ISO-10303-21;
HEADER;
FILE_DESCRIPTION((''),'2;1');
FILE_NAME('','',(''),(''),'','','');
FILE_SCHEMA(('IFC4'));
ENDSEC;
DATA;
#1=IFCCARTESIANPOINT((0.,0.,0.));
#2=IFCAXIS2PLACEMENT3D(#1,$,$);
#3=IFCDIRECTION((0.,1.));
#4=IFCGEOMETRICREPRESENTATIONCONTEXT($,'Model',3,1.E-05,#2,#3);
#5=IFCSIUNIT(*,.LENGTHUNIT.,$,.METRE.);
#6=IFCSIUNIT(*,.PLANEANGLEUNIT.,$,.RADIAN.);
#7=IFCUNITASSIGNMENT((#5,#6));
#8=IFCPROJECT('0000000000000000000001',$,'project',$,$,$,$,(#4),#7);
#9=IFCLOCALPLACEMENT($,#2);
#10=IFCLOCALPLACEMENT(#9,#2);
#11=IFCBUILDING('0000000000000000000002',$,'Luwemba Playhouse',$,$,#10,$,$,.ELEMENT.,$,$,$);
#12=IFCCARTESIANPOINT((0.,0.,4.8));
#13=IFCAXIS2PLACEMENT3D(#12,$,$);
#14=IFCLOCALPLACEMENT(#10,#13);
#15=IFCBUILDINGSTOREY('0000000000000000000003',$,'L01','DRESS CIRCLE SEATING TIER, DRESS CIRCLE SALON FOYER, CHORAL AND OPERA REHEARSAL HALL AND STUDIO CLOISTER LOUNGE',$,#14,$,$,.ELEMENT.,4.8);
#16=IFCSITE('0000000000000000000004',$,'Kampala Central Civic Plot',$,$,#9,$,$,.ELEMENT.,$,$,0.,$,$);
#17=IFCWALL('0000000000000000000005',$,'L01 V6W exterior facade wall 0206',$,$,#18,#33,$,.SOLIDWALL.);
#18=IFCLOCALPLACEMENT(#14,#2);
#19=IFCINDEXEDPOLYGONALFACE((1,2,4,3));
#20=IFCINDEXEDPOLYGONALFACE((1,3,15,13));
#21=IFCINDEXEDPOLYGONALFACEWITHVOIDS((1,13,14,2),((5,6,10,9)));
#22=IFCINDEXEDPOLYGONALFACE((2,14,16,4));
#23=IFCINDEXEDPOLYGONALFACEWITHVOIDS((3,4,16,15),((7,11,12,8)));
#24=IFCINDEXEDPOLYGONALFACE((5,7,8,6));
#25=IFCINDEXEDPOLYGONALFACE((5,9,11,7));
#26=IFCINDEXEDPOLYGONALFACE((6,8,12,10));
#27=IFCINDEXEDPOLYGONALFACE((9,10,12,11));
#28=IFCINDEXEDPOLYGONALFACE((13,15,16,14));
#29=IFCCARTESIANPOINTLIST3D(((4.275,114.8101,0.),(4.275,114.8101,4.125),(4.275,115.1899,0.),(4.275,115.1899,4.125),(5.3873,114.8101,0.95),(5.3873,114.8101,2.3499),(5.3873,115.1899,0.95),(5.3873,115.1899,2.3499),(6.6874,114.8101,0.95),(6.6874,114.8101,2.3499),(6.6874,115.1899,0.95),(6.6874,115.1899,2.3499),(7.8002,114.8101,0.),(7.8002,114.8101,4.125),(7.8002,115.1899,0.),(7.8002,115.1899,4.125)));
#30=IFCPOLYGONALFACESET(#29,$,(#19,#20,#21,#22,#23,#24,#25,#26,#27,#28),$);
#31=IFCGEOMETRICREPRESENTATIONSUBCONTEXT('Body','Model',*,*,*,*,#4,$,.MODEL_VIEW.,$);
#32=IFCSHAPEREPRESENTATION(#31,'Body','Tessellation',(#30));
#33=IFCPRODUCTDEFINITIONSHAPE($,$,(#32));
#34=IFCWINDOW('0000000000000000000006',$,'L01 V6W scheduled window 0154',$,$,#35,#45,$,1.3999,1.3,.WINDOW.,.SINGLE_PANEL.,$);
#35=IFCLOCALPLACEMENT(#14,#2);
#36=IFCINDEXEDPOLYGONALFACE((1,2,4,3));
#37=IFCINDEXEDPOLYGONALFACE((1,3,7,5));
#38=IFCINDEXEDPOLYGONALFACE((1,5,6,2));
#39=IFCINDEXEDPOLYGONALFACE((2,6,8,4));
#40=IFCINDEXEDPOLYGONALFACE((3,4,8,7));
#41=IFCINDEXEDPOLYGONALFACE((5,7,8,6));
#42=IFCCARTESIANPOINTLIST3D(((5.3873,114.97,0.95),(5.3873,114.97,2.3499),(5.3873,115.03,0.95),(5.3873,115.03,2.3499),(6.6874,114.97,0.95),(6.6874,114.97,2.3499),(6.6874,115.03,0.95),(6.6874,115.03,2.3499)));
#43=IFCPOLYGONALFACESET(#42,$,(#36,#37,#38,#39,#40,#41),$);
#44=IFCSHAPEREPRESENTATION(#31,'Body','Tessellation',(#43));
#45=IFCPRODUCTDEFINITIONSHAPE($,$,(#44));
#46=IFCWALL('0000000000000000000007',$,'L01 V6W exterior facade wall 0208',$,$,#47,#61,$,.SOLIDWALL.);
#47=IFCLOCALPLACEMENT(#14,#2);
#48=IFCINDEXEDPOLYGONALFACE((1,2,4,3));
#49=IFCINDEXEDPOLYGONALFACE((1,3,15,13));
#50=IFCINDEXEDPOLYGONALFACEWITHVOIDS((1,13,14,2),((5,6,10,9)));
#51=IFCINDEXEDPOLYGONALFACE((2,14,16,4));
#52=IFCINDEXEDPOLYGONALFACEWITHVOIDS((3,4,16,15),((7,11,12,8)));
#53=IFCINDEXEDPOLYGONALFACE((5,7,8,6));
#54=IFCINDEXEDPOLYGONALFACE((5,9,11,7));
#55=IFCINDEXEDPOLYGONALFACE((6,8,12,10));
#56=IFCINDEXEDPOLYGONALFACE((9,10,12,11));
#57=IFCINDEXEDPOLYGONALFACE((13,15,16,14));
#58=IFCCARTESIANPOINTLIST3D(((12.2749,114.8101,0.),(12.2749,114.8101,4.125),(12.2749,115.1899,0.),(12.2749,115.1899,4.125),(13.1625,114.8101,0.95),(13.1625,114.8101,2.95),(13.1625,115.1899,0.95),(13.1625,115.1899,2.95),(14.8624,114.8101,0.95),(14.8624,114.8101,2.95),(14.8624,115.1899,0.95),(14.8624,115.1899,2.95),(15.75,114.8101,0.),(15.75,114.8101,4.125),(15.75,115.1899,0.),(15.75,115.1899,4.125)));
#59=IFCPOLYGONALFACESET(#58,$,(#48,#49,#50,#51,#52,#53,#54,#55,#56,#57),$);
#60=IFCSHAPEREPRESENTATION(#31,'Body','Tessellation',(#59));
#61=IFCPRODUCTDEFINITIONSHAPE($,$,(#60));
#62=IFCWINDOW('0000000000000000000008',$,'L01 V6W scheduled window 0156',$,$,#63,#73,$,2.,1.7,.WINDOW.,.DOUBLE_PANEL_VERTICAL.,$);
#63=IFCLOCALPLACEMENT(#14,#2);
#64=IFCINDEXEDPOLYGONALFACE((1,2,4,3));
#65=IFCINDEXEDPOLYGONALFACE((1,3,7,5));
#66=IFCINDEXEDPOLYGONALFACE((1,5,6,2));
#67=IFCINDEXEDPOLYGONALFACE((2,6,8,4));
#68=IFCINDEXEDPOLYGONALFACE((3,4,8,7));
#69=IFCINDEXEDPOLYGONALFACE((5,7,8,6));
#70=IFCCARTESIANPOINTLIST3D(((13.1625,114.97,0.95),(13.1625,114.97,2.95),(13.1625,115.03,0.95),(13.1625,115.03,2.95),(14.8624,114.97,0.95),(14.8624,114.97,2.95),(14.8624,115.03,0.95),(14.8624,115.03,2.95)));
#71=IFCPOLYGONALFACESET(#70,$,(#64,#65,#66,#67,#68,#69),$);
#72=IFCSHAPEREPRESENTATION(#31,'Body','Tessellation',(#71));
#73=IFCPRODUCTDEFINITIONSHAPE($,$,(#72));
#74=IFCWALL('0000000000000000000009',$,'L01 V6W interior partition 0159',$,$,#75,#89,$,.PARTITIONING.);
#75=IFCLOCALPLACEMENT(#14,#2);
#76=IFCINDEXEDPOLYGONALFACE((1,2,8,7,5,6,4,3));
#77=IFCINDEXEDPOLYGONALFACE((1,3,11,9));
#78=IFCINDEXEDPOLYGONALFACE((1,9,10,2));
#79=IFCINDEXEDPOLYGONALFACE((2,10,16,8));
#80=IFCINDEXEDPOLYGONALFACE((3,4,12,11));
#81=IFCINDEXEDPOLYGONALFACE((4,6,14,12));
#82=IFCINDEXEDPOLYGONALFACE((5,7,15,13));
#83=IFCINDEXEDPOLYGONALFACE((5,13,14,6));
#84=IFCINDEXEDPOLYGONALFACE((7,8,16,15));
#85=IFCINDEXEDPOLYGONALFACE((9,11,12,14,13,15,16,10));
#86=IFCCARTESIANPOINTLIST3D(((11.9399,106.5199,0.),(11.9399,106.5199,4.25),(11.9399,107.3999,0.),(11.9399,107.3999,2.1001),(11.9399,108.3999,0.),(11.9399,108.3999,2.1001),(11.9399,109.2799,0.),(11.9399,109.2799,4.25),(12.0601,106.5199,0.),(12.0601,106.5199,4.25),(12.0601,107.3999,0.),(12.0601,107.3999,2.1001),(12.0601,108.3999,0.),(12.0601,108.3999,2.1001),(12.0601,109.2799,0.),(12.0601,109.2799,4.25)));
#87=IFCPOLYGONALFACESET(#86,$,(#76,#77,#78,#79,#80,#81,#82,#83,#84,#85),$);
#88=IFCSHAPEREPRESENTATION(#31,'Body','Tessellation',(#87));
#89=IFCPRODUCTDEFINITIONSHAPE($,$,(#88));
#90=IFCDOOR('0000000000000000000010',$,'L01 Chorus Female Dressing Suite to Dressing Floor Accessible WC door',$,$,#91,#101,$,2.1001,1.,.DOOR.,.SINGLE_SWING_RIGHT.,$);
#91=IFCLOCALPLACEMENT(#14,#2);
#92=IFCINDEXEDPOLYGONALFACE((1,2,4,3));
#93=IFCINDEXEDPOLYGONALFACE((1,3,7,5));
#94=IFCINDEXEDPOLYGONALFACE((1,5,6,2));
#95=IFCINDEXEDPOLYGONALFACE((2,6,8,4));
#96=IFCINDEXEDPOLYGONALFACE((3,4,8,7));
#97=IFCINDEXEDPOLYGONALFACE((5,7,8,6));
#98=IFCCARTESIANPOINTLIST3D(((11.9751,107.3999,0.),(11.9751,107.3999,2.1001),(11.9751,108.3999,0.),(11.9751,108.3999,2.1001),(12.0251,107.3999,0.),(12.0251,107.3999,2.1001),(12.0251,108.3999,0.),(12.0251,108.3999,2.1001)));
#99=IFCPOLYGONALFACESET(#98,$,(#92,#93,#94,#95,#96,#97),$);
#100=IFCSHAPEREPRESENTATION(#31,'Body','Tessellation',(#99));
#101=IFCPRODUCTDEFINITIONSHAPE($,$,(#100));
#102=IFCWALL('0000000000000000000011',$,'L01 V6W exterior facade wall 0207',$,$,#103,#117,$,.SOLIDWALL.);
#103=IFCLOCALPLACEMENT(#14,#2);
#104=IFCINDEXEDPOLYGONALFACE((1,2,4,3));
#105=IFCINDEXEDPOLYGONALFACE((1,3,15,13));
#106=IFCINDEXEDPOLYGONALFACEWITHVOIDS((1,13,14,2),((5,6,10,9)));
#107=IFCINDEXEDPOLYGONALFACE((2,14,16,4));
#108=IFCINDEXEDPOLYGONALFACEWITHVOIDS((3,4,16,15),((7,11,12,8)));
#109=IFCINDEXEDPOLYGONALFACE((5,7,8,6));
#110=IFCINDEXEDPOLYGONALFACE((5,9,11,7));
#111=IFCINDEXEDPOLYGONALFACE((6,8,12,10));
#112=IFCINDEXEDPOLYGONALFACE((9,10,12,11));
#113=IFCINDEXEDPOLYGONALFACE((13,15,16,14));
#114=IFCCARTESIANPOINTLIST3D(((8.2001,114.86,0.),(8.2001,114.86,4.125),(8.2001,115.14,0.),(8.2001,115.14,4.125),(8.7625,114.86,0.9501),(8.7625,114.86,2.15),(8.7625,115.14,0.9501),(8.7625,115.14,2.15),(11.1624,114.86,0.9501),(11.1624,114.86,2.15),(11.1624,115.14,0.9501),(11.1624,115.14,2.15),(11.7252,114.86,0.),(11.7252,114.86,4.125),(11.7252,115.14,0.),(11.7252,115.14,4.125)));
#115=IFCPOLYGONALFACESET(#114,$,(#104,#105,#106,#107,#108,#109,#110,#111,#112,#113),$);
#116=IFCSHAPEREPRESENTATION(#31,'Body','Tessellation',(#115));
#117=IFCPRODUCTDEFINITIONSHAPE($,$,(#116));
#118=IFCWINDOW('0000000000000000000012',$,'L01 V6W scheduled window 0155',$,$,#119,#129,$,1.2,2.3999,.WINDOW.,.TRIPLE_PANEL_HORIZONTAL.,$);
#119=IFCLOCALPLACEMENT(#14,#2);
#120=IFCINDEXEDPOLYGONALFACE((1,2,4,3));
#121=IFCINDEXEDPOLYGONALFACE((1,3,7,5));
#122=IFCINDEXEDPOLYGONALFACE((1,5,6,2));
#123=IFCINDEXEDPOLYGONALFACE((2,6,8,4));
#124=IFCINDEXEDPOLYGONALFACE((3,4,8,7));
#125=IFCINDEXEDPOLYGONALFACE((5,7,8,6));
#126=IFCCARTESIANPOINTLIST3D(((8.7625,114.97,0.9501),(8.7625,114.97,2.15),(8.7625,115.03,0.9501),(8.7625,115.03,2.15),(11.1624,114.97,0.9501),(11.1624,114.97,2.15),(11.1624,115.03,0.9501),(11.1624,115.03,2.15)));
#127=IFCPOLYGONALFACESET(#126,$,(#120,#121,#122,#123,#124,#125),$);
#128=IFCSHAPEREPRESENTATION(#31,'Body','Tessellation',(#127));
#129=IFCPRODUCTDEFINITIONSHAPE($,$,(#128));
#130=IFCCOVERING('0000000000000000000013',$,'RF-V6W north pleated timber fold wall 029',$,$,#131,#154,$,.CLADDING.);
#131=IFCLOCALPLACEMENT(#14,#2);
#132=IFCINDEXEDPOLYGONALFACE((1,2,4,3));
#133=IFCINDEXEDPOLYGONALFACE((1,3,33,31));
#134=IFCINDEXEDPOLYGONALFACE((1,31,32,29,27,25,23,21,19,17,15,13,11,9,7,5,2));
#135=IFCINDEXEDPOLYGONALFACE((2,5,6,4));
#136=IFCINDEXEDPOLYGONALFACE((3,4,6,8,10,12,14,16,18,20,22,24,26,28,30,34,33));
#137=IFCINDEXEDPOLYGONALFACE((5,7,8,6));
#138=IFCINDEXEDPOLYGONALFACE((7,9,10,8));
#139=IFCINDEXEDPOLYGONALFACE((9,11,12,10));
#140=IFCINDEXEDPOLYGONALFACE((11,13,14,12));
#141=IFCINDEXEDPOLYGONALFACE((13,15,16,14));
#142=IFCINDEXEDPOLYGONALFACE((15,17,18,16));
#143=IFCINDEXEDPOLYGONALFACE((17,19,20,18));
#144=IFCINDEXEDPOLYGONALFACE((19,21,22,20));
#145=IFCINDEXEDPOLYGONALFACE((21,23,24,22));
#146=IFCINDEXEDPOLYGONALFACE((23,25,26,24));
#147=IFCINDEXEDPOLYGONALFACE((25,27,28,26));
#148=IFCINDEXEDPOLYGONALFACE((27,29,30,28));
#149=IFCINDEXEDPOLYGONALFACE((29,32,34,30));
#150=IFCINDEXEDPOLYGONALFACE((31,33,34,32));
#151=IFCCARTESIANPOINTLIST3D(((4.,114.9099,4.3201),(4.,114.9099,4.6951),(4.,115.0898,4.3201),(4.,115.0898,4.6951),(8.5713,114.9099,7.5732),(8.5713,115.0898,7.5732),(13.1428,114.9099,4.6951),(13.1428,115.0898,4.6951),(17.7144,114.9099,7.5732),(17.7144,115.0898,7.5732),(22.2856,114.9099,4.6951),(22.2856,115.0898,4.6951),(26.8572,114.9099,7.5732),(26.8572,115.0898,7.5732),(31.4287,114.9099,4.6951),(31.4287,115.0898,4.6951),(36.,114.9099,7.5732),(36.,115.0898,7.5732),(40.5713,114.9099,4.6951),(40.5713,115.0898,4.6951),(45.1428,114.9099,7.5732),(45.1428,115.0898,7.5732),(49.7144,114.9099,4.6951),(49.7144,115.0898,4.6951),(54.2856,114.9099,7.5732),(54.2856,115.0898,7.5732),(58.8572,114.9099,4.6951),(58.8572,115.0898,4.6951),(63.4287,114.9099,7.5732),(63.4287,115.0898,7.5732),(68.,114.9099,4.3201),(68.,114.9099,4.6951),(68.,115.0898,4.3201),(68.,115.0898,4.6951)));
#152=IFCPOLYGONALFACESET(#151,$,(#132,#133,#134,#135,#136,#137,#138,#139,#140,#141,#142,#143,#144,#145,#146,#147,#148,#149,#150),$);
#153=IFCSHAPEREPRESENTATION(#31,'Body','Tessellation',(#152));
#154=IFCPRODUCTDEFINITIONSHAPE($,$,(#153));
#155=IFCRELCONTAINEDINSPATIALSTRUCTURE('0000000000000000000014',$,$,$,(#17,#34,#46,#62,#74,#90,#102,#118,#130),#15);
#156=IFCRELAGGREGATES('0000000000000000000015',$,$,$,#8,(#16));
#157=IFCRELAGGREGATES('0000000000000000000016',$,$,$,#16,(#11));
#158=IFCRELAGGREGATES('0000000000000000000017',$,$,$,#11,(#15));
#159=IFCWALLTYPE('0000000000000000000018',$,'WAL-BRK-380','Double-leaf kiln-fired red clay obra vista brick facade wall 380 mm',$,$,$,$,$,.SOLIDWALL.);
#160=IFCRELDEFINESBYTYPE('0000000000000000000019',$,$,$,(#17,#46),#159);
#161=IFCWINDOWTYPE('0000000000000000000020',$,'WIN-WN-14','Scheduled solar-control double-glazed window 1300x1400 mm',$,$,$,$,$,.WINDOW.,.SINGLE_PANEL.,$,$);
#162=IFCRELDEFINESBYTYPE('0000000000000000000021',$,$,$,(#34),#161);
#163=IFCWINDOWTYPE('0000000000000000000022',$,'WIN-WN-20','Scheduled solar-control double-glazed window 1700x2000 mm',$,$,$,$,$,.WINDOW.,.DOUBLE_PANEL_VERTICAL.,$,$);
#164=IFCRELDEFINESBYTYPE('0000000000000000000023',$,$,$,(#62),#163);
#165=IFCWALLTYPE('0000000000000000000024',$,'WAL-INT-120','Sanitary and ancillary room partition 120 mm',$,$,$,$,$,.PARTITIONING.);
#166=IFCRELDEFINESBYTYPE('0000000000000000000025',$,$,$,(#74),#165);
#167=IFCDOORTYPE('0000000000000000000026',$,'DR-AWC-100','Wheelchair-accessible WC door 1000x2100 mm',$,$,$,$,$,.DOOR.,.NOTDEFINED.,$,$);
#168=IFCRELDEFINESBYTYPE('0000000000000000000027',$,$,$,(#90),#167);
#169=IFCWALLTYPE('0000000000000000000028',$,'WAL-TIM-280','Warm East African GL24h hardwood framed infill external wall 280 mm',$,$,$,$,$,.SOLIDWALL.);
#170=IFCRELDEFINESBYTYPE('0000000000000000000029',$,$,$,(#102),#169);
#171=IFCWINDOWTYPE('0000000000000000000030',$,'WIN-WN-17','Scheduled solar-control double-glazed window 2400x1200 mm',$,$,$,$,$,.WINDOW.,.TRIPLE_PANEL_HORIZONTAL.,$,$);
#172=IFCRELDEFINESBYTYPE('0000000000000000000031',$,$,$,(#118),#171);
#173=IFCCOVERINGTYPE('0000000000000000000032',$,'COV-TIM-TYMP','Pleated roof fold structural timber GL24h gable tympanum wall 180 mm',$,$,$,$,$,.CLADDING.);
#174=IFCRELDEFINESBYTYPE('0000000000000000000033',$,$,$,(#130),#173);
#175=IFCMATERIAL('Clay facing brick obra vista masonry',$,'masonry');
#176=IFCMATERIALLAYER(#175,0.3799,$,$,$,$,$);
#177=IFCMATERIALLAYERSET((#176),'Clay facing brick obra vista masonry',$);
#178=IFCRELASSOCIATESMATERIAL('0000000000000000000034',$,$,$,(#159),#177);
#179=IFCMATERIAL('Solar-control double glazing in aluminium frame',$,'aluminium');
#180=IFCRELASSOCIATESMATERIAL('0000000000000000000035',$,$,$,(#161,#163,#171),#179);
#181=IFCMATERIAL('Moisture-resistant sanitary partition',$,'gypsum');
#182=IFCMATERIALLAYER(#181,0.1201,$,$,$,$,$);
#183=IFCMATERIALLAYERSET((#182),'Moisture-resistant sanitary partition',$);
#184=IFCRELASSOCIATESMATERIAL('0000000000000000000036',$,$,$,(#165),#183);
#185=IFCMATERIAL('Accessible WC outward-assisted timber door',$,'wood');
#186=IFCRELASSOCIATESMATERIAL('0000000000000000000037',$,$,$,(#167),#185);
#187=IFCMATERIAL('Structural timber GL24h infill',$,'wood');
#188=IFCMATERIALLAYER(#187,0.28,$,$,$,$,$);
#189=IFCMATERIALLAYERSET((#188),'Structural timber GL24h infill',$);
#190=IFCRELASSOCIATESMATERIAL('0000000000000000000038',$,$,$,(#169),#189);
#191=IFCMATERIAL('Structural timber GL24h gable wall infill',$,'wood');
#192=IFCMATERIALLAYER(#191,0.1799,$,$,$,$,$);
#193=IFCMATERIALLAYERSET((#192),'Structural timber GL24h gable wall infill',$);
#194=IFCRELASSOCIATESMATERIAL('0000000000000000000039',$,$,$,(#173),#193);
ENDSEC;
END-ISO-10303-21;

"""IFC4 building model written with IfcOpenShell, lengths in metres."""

from ifc_helpers import new_model, si_unit, direction, frame, frame_2d, origin, place, context, subcontext, project, spatial, polyline, rectangle, outline, extrude, material, layer, layer_set, type_object, element, fill, save


model = new_model("IFC4")

# Units and contexts
model_context = context("Model", 3, precision=1e-05, world=origin(), true_north=direction((0.0, 1.0)))
body_context = subcontext(model_context, "Body", "Model", "MODEL_VIEW")
ifc_project = project(units=[si_unit("LENGTHUNIT", "METRE"), si_unit("PLANEANGLEUNIT", "RADIAN")], contexts=[model_context])

# Site, building, storey
site_placement = place(None, origin())
site = spatial("IfcSite", under=ifc_project, at=site_placement, Name="Kampala Central Civic Plot", CompositionType="ELEMENT", RefElevation=0.0)
building_placement = place(site_placement, origin())
building = spatial("IfcBuilding", under=site, at=building_placement, Name="Luwemba Playhouse", CompositionType="ELEMENT")
storey_placement = place(building_placement, frame((0.0, 0.0, 4.8)))
storey = spatial("IfcBuildingStorey", under=building, at=storey_placement, Name="L01", Description="DRESS CIRCLE SEATING TIER, DRESS CIRCLE SALON FOYER, CHORAL AND OPERA REHEARSAL HALL AND STUDIO CLOISTER LOUNGE", CompositionType="ELEMENT", Elevation=4.8)

# Walls, openings, windows
ifc_material_1 = material(Name="Clay facing brick obra vista masonry", Category="masonry")
ifc_layer_1 = layer(ifc_material_1, 0.3799)
ifc_layer_set_1 = layer_set([ifc_layer_1], Name="Clay facing brick obra vista masonry")
wall_type_1 = type_object("IfcWallType", Name="WAL-BRK-380", Description="Double-leaf kiln-fired red clay obra vista brick facade wall 380 mm", PredefinedType="SOLIDWALL", material=ifc_layer_set_1)
wall_1_placement = place(storey_placement, frame((4.2749, 115.0, 0.0), z_axis=(0.0, 0.0, 1.0), x_axis=(1.0, 0.0, 0.0)))
wall_1 = element("IfcWall", 1, at=wall_1_placement, inside=storey, type_object=wall_type_1, Name="L01 V6W exterior facade wall 0206", PredefinedType="SOLIDWALL", context=body_context, shape_type="SweptSolid", body=[
    extrude(rectangle(XDim=3.5251, YDim=0.3799, at=frame_2d((1.7627, 0.0))), origin(), (0.0, 0.0, 1.0), 4.125),
])
opening_1_placement = place(wall_1_placement, frame((1.1125, 0.0, 0.95)))
opening_1 = element("IfcOpeningElement", 2, at=opening_1_placement, cuts=wall_1, PredefinedType="OPENING", context=body_context, shape_type="SweptSolid", body=[
    extrude(rectangle(XDim=1.3, YDim=1.3999, at=frame_2d((0.6499, 0.7))), frame((0.0, 0.2, 0.0), z_axis=(0.0, -1.0, 0.0), x_axis=(1.0, 0.0, 0.0)), (0.0, 0.0, 1.0), 0.3999),
])
ifc_material_2 = material(Name="Solar-control double glazing in aluminium frame", Category="aluminium")
window_type_1 = type_object("IfcWindowType", Name="WIN-WN-14", Description="Scheduled solar-control double-glazed window 1300x1400 mm", PartitioningType="SINGLE_PANEL", PredefinedType="WINDOW", material=ifc_material_2)
window_1_placement = place(opening_1_placement, origin())
window_1 = element("IfcWindow", 3, at=window_1_placement, inside=storey, type_object=window_type_1, Name="L01 V6W scheduled window 0154", OverallHeight=1.3999, OverallWidth=1.3, PartitioningType="SINGLE_PANEL", PredefinedType="WINDOW", context=body_context, shape_type="SweptSolid", body=[
    extrude(rectangle(XDim=1.3, YDim=1.3999, at=frame_2d((0.6499, 0.7))), frame((0.0, 0.03, 0.0), z_axis=(0.0, -1.0, 0.0), x_axis=(1.0, 0.0, 0.0)), (0.0, 0.0, 1.0), 0.0601),
])
fill(opening_1, window_1)
wall_2_placement = place(storey_placement, frame((12.2749, 115.0, 0.0), z_axis=(0.0, 0.0, 1.0), x_axis=(1.0, 0.0, 0.0)))
wall_2 = element("IfcWall", 4, at=wall_2_placement, inside=storey, type_object=wall_type_1, Name="L01 V6W exterior facade wall 0208", PredefinedType="SOLIDWALL", context=body_context, shape_type="SweptSolid", body=[
    extrude(rectangle(XDim=3.4751, YDim=0.3799, at=frame_2d((1.7375, 0.0))), origin(), (0.0, 0.0, 1.0), 4.125),
])
opening_2_placement = place(wall_2_placement, frame((0.8875, 0.0, 0.95)))
opening_2 = element("IfcOpeningElement", 5, at=opening_2_placement, cuts=wall_2, PredefinedType="OPENING", context=body_context, shape_type="SweptSolid", body=[
    extrude(rectangle(XDim=1.7, YDim=2.0, at=frame_2d((0.8501, 1.0))), frame((0.0, 0.2, 0.0), z_axis=(0.0, -1.0, 0.0), x_axis=(1.0, 0.0, 0.0)), (0.0, 0.0, 1.0), 0.3999),
])
window_type_2 = type_object("IfcWindowType", Name="WIN-WN-20", Description="Scheduled solar-control double-glazed window 1700x2000 mm", PartitioningType="DOUBLE_PANEL_VERTICAL", PredefinedType="WINDOW", material=ifc_material_2)
window_2_placement = place(opening_2_placement, origin())
window_2 = element("IfcWindow", 6, at=window_2_placement, inside=storey, type_object=window_type_2, Name="L01 V6W scheduled window 0156", OverallHeight=2.0, OverallWidth=1.7, PartitioningType="DOUBLE_PANEL_VERTICAL", PredefinedType="WINDOW", context=body_context, shape_type="SweptSolid", body=[
    extrude(rectangle(XDim=1.7, YDim=2.0, at=frame_2d((0.8501, 1.0))), frame((0.0, 0.03, 0.0), z_axis=(0.0, -1.0, 0.0), x_axis=(1.0, 0.0, 0.0)), (0.0, 0.0, 1.0), 0.0601),
])
fill(opening_2, window_2)

# Wall, opening, door
ifc_material_3 = material(Name="Moisture-resistant sanitary partition", Category="gypsum")
ifc_layer_2 = layer(ifc_material_3, 0.1201)
ifc_layer_set_2 = layer_set([ifc_layer_2], Name="Moisture-resistant sanitary partition")
wall_type_2 = type_object("IfcWallType", Name="WAL-INT-120", Description="Sanitary and ancillary room partition 120 mm", PredefinedType="PARTITIONING", material=ifc_layer_set_2)
wall_3_placement = place(storey_placement, frame((12.0, 106.52, 0.0), z_axis=(0.0, 0.0, 1.0), x_axis=(0.0, 1.0, 0.0)))
wall_3 = element("IfcWall", 7, at=wall_3_placement, inside=storey, type_object=wall_type_2, Name="L01 V6W interior partition 0159", PredefinedType="PARTITIONING", context=body_context, shape_type="SweptSolid", body=[
    extrude(rectangle(XDim=2.76, YDim=0.1201, at=frame_2d((1.3799, 0.0))), origin(), (0.0, 0.0, 1.0), 4.25),
])
opening_3_placement = place(wall_3_placement, frame((0.8799, 0.0, 0.0)))
opening_3 = element("IfcOpeningElement", 8, at=opening_3_placement, cuts=wall_3, PredefinedType="OPENING", context=body_context, shape_type="SweptSolid", body=[
    extrude(rectangle(XDim=1.0, YDim=2.1001, at=frame_2d((0.5, 1.05))), frame((0.0, 0.0701, 0.0), z_axis=(0.0, -1.0, 0.0), x_axis=(1.0, 0.0, 0.0)), (0.0, 0.0, 1.0), 0.1401),
])
ifc_material_4 = material(Name="Accessible WC outward-assisted timber door", Category="wood")
door_type = type_object("IfcDoorType", Name="DR-AWC-100", Description="Wheelchair-accessible WC door 1000x2100 mm", OperationType="NOTDEFINED", PredefinedType="DOOR", material=ifc_material_4)
door_placement = place(opening_3_placement, origin())
door = element("IfcDoor", 9, at=door_placement, inside=storey, type_object=door_type, Name="L01 Chorus Female Dressing Suite to Dressing Floor Accessible WC door", OperationType="SINGLE_SWING_RIGHT", OverallHeight=2.1001, OverallWidth=1.0, PredefinedType="DOOR", context=body_context, shape_type="SweptSolid", body=[
    extrude(rectangle(XDim=1.0, YDim=2.1001, at=frame_2d((0.5, 1.05))), frame((0.0, 0.0249, 0.0), z_axis=(0.0, -1.0, 0.0), x_axis=(1.0, 0.0, 0.0)), (0.0, 0.0, 1.0), 0.05),
])
fill(opening_3, door)

# Wall, opening, window
ifc_material_5 = material(Name="Structural timber GL24h infill", Category="wood")
ifc_layer_3 = layer(ifc_material_5, 0.28)
ifc_layer_set_3 = layer_set([ifc_layer_3], Name="Structural timber GL24h infill")
wall_type_3 = type_object("IfcWallType", Name="WAL-TIM-280", Description="Warm East African GL24h hardwood framed infill external wall 280 mm", PredefinedType="SOLIDWALL", material=ifc_layer_set_3)
wall_4_placement = place(storey_placement, frame((8.2, 115.0, 0.0), z_axis=(0.0, 0.0, 1.0), x_axis=(1.0, 0.0, 0.0)))
wall_4 = element("IfcWall", 10, at=wall_4_placement, inside=storey, type_object=wall_type_3, Name="L01 V6W exterior facade wall 0207", PredefinedType="SOLIDWALL", context=body_context, shape_type="SweptSolid", body=[
    extrude(rectangle(XDim=3.5251, YDim=0.28, at=frame_2d((1.7627, 0.0))), origin(), (0.0, 0.0, 1.0), 4.125),
])
opening_4_placement = place(wall_4_placement, frame((0.5625, 0.0, 0.95)))
opening_4 = element("IfcOpeningElement", 11, at=opening_4_placement, cuts=wall_4, PredefinedType="OPENING", context=body_context, shape_type="SweptSolid", body=[
    extrude(rectangle(XDim=2.3999, YDim=1.2, at=frame_2d((1.2, 0.6001))), frame((0.0, 0.1499, 0.0), z_axis=(0.0, -1.0, 0.0), x_axis=(1.0, 0.0, 0.0)), (0.0, 0.0, 1.0), 0.3),
])
window_type_3 = type_object("IfcWindowType", Name="WIN-WN-17", Description="Scheduled solar-control double-glazed window 2400x1200 mm", PartitioningType="TRIPLE_PANEL_HORIZONTAL", PredefinedType="WINDOW", material=ifc_material_2)
window_3_placement = place(opening_4_placement, origin())
window_3 = element("IfcWindow", 12, at=window_3_placement, inside=storey, type_object=window_type_3, Name="L01 V6W scheduled window 0155", OverallHeight=1.2, OverallWidth=2.3999, PartitioningType="TRIPLE_PANEL_HORIZONTAL", PredefinedType="WINDOW", context=body_context, shape_type="SweptSolid", body=[
    extrude(rectangle(XDim=2.3999, YDim=1.2, at=frame_2d((1.2, 0.6001))), frame((0.0, 0.03, 0.0), z_axis=(0.0, -1.0, 0.0), x_axis=(1.0, 0.0, 0.0)), (0.0, 0.0, 1.0), 0.0601),
])
fill(opening_4, window_3)

# Covering
ifc_material_6 = material(Name="Structural timber GL24h gable wall infill", Category="wood")
ifc_layer_4 = layer(ifc_material_6, 0.1799)
ifc_layer_set_4 = layer_set([ifc_layer_4], Name="Structural timber GL24h gable wall infill")
covering_type = type_object("IfcCoveringType", Name="COV-TIM-TYMP", Description="Pleated roof fold structural timber GL24h gable tympanum wall 180 mm", PredefinedType="CLADDING", material=ifc_layer_set_4)
covering_placement = place(storey_placement, frame((4.0, 115.0, 4.3201), z_axis=(0.0, 0.0, 1.0), x_axis=(1.0, 0.0, 0.0)))
element("IfcCovering", 13, at=covering_placement, inside=storey, type_object=covering_type, Name="RF-V6W north pleated timber fold wall 029", PredefinedType="CLADDING", context=body_context, shape_type="SweptSolid", body=[
    extrude(outline(polyline([(0.0, 0.0), (64.0, 0.0), (64.0, 0.375), (59.4287, 3.2532), (54.8572, 0.375), (50.2856, 3.2532), (45.7144, 0.375), (41.1428, 3.2532), (36.5713, 0.375), (32.0, 3.2532), (27.4287, 0.375), (22.8572, 3.2532), (18.2856, 0.375), (13.7144, 3.2532), (9.1428, 0.375), (4.5713, 3.2532), (0.0, 0.375), (0.0, 0.0)])), frame((0.0, 0.0898, 0.0), z_axis=(0.0, -1.0, 0.0), x_axis=(1.0, 0.0, 0.0)), (0.0, 0.0, 1.0), 0.1799),
])

save(model, "model.ifc")
